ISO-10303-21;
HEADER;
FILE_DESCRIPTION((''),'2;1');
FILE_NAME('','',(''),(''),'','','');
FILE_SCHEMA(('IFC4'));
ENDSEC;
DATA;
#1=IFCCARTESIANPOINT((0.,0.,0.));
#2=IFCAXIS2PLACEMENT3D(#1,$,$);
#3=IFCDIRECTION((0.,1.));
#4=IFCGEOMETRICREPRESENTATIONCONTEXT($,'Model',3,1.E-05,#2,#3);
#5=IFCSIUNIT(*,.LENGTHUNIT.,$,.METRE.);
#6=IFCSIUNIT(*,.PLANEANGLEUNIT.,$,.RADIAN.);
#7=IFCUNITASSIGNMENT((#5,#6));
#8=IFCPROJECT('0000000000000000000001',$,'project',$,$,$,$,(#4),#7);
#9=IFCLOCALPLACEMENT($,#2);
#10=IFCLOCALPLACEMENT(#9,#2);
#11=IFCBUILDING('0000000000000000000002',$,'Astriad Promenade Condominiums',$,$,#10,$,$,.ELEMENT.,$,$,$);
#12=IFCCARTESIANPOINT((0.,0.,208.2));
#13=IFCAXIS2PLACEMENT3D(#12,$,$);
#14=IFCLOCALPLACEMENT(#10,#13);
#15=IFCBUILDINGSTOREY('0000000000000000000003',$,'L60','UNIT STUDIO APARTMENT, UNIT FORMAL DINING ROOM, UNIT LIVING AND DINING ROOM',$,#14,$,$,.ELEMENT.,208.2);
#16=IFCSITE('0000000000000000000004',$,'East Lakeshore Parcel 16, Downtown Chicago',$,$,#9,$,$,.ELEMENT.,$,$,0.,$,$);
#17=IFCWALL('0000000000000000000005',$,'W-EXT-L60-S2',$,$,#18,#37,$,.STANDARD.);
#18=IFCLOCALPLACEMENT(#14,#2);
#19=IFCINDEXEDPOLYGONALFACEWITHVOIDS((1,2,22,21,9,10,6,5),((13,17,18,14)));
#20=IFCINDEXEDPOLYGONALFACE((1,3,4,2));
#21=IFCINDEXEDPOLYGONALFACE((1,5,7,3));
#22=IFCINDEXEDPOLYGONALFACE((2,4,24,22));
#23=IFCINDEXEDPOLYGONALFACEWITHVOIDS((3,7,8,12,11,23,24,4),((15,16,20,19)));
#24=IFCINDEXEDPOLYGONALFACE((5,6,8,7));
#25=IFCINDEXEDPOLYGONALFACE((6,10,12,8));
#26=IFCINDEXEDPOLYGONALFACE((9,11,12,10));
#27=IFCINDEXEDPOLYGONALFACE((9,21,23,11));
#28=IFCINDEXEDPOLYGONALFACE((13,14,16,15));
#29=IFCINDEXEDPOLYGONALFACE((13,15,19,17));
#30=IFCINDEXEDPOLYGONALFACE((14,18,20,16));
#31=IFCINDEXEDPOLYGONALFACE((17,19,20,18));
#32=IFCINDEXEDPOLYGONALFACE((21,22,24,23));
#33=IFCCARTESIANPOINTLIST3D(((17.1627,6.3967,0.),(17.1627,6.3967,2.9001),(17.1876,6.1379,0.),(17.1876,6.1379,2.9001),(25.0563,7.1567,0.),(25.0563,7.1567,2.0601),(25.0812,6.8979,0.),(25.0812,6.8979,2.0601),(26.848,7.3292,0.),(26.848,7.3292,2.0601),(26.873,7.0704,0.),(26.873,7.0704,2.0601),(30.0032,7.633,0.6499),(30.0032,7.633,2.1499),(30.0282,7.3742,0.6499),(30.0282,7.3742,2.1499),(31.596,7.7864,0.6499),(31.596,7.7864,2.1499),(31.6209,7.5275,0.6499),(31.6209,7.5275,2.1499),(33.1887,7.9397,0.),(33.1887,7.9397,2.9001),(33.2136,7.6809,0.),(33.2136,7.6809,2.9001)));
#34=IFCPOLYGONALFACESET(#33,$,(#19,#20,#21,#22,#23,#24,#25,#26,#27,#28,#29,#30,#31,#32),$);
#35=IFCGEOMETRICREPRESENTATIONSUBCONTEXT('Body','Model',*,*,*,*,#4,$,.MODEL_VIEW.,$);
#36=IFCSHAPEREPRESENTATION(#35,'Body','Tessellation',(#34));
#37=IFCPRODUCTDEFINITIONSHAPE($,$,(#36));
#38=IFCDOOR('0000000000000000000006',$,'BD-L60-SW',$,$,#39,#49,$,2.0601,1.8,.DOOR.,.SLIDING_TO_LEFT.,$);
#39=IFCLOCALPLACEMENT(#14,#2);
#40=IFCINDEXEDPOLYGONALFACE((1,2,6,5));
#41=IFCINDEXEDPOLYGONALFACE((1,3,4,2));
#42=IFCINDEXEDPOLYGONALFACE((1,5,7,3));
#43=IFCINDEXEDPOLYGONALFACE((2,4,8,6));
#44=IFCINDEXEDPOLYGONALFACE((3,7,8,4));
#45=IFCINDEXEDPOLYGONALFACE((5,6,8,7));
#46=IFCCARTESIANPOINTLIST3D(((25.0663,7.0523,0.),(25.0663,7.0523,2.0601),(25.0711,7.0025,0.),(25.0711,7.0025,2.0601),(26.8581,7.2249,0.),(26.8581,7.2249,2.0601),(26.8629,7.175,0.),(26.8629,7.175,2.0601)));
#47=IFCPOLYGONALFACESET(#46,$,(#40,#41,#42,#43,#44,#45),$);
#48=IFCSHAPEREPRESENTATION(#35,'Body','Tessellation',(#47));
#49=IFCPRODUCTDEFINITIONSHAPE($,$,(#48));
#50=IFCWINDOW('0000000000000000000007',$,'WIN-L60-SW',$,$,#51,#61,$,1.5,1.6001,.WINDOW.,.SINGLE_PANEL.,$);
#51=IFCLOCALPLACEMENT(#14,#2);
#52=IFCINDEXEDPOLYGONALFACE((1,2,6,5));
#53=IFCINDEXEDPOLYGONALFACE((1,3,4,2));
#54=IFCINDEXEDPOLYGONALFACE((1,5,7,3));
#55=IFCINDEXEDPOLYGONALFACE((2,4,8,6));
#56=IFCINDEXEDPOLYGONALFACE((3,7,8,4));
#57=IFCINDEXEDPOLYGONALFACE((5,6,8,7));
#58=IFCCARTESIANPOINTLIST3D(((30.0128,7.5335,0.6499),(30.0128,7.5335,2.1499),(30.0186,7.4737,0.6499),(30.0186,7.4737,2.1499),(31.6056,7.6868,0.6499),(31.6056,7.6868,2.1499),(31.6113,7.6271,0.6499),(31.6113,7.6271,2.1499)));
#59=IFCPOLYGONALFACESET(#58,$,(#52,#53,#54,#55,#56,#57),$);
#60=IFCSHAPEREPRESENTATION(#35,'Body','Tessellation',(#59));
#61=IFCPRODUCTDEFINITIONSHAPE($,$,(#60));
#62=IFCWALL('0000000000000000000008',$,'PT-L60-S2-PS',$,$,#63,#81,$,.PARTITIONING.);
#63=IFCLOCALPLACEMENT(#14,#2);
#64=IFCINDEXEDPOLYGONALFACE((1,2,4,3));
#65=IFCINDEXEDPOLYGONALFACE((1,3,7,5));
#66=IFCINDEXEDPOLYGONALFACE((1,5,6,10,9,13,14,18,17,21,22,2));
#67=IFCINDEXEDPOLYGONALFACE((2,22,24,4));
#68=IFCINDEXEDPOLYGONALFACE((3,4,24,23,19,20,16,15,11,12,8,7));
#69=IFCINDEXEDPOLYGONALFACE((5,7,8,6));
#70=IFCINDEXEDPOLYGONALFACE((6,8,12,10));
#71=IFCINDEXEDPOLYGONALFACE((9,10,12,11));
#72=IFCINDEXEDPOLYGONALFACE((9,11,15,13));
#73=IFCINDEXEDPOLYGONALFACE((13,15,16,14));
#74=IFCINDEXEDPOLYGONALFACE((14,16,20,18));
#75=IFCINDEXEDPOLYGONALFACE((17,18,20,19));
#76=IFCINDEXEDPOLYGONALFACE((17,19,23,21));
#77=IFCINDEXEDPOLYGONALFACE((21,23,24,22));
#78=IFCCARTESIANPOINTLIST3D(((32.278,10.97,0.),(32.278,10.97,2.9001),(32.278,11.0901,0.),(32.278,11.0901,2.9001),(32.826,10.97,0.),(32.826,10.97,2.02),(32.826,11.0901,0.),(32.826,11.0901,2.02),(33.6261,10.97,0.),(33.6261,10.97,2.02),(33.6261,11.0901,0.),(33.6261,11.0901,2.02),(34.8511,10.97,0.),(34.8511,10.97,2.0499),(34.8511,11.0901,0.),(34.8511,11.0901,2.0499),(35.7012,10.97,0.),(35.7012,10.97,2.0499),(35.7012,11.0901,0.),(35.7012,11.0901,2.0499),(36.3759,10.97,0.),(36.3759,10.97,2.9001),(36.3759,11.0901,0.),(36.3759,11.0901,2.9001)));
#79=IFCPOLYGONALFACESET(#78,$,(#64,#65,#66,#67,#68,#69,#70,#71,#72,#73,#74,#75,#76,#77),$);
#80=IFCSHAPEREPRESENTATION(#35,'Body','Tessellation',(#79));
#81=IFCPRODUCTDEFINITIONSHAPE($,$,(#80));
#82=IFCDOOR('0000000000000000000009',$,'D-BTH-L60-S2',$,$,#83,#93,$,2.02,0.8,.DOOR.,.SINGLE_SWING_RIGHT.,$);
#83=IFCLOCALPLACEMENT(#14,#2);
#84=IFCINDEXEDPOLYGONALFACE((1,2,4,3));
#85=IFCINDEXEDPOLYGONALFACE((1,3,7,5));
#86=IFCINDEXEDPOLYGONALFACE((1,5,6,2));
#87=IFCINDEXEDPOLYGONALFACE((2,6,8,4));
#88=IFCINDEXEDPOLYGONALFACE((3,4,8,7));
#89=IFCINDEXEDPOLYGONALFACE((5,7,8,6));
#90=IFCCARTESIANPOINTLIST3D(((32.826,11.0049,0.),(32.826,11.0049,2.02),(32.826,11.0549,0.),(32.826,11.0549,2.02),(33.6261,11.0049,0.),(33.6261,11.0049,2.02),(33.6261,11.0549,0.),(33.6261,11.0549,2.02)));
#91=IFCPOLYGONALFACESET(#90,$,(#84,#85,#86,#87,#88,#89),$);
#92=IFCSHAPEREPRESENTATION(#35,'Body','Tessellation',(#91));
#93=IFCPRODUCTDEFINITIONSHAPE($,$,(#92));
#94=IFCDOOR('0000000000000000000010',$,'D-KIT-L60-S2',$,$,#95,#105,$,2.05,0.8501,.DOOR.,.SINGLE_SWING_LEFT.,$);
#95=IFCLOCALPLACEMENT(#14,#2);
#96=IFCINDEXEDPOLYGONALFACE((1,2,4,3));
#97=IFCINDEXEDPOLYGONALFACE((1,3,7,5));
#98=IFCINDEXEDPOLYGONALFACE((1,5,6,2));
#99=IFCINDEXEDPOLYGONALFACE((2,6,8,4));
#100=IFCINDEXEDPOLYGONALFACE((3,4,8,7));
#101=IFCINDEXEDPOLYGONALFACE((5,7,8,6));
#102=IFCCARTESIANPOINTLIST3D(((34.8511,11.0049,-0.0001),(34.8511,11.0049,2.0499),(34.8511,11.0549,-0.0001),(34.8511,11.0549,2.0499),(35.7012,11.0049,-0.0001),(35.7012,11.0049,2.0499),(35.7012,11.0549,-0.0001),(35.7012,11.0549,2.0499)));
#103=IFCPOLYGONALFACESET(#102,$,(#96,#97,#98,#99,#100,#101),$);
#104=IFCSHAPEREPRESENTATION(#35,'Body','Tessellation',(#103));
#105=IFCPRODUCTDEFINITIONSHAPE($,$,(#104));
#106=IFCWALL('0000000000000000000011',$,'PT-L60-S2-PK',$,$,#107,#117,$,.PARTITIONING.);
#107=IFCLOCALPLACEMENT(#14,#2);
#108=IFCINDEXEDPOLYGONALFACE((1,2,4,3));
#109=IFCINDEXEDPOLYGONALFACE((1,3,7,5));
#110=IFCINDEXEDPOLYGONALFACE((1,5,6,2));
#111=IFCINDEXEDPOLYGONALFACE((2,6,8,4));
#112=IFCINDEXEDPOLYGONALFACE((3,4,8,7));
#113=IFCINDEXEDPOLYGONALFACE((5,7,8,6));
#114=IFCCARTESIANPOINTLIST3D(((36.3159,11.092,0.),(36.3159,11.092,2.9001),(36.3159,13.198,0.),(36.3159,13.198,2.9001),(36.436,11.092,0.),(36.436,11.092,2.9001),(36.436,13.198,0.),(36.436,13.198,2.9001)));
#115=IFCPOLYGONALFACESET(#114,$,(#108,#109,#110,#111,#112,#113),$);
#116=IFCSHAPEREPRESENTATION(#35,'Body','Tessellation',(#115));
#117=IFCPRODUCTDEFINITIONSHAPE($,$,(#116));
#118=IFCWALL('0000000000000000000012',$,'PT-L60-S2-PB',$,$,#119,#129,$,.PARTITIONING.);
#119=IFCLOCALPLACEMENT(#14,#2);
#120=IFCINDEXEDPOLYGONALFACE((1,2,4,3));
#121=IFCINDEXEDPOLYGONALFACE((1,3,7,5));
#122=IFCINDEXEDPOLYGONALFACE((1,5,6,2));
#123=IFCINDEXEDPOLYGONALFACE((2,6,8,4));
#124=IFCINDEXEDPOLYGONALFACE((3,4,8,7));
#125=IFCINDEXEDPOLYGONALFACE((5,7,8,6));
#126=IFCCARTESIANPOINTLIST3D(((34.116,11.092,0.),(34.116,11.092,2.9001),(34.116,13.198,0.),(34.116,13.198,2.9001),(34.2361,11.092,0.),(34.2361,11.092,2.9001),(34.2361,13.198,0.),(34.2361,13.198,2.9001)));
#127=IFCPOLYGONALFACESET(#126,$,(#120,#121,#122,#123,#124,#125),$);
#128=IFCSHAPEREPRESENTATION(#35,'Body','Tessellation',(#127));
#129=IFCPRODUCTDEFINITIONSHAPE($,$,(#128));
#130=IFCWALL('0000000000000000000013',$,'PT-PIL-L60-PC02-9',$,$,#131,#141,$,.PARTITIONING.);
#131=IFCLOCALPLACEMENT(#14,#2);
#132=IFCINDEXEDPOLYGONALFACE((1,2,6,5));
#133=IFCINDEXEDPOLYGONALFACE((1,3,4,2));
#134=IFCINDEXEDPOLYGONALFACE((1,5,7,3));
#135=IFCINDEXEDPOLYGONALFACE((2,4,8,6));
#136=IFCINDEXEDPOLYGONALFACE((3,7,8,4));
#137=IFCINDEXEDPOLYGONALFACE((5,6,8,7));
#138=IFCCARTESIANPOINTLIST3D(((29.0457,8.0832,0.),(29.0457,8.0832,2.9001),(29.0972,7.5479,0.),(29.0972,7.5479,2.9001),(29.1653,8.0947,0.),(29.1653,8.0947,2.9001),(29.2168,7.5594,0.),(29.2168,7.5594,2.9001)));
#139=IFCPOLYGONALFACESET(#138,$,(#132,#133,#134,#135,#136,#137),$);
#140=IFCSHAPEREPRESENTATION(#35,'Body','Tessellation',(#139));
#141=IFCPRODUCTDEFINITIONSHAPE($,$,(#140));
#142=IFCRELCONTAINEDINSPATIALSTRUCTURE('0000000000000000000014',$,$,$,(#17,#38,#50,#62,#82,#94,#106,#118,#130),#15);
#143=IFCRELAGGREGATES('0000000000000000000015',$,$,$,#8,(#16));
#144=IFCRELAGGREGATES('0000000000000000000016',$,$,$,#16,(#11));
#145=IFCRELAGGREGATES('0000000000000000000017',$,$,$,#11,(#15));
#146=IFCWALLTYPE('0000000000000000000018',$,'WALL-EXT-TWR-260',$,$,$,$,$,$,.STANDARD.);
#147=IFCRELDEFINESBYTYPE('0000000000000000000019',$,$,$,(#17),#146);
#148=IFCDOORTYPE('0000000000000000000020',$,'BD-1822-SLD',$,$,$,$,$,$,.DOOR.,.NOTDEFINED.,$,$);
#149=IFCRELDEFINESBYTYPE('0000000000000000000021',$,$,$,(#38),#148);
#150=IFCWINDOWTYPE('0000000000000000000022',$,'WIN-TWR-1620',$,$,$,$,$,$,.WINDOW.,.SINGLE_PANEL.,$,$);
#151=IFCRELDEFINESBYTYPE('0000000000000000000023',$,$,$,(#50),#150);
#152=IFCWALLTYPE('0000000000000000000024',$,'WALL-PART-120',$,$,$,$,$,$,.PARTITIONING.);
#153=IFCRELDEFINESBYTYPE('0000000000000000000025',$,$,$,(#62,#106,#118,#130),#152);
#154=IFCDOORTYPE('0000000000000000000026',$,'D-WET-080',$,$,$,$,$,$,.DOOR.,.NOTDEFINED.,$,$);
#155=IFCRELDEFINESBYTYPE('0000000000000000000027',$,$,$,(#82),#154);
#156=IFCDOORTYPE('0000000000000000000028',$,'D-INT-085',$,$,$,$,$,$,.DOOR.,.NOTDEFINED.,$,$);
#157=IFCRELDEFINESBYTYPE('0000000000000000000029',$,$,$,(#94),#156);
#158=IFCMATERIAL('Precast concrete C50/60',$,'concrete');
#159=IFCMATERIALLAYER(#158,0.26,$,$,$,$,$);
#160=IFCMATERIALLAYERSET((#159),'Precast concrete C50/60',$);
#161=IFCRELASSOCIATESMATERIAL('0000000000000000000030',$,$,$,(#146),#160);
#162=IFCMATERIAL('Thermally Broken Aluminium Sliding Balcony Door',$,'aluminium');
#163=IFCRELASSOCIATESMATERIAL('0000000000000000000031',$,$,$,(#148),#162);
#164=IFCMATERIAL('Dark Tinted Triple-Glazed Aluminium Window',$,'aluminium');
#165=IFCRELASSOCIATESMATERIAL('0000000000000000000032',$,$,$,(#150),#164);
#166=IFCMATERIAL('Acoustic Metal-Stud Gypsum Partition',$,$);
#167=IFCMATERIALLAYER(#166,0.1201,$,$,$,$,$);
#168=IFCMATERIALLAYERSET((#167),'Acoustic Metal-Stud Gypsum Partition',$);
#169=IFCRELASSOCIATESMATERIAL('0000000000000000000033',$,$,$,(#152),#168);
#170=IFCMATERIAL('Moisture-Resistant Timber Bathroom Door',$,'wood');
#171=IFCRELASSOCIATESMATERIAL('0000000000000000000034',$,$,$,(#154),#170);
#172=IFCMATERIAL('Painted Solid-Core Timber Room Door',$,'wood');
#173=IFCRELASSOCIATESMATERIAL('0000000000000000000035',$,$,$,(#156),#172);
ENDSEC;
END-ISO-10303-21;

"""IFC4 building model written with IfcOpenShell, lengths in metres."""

from ifc_helpers import new_model, si_unit, direction, frame, frame_2d, origin, place, context, subcontext, project, spatial, rectangle, extrude, source, transform, mapped, material, layer, layer_set, type_object, type_shapes, element, fill, save


model = new_model("IFC4")

# Units and contexts
model_context = context("Model", 3, precision=1e-05, world=origin(), true_north=direction((0.0, 1.0)))
body_context = subcontext(model_context, "Body", "Model", "MODEL_VIEW")
ifc_project = project(units=[si_unit("LENGTHUNIT", "METRE"), si_unit("PLANEANGLEUNIT", "RADIAN")], contexts=[model_context])

# Site, building, storey
site_placement = place(None, origin())
site = spatial("IfcSite", under=ifc_project, at=site_placement, Name="East Lakeshore Parcel 16, Downtown Chicago", CompositionType="ELEMENT", RefElevation=0.0)
building_placement = place(site_placement, origin())
building = spatial("IfcBuilding", under=site, at=building_placement, Name="Astriad Promenade Condominiums", CompositionType="ELEMENT")
storey_placement = place(building_placement, frame((0.0, 0.0, 208.2)))
storey = spatial("IfcBuildingStorey", under=building, at=storey_placement, Name="L60", Description="UNIT STUDIO APARTMENT, UNIT FORMAL DINING ROOM, UNIT LIVING AND DINING ROOM", CompositionType="ELEMENT", Elevation=208.2)

# Wall, openings, door, window
ifc_material_1 = material(Name="Precast concrete C50/60", Category="concrete")
ifc_layer_1 = layer(ifc_material_1, 0.26)
ifc_layer_set_1 = layer_set([ifc_layer_1], Name="Precast concrete C50/60")
wall_type_1 = type_object("IfcWallType", Name="WALL-EXT-TWR-260", PredefinedType="STANDARD", material=ifc_layer_set_1)
wall_1_placement = place(storey_placement, frame((33.2012, 7.8103, 0.0), z_axis=(0.0, 0.0, 1.0), x_axis=(-0.995397, -0.095837, 0.0)))
wall_1 = element("IfcWall", 1, at=wall_1_placement, inside=storey, type_object=wall_type_1, Name="W-EXT-L60-S2", PredefinedType="STANDARD", context=body_context, shape_type="SweptSolid", body=[
    extrude(rectangle(XDim=16.1001, YDim=0.26, at=frame_2d((8.05, 0.0))), origin(), (0.0, 0.0, 1.0), 2.9001),
])
opening_1_placement = place(wall_1_placement, frame((6.3701, 0.0, 0.0)))
opening_1 = element("IfcOpeningElement", 2, at=opening_1_placement, cuts=wall_1, PredefinedType="OPENING", context=body_context, shape_type="SweptSolid", body=[
    extrude(rectangle(XDim=1.8, YDim=2.0601, at=frame_2d((0.8999, 1.03))), frame((0.0, 0.1399, 0.0), z_axis=(0.0, -1.0, 0.0), x_axis=(1.0, 0.0, 0.0)), (0.0, 0.0, 1.0), 0.28),
])
opening_2_placement = place(wall_1_placement, frame((1.6001, 0.0, 0.6499)))
opening_2 = element("IfcOpeningElement", 3, at=opening_2_placement, cuts=wall_1, PredefinedType="OPENING", context=body_context, shape_type="SweptSolid", body=[
    extrude(rectangle(XDim=1.6001, YDim=1.5, at=frame_2d((0.8, 0.75))), frame((0.0, 0.1399, 0.0), z_axis=(0.0, -1.0, 0.0), x_axis=(1.0, 0.0, 0.0)), (0.0, 0.0, 1.0), 0.28),
])
ifc_material_2 = material(Name="Thermally Broken Aluminium Sliding Balcony Door", Category="aluminium")
door_type_1 = type_object("IfcDoorType", Name="BD-1822-SLD", OperationType="NOTDEFINED", PredefinedType="DOOR", material=ifc_material_2)
shared_shape_1 = source(origin(), body_context, "Body", "SweptSolid", [
    extrude(rectangle(XDim=1.8, YDim=2.0601, at=frame_2d((0.8999, 1.03))), frame((0.0, 0.0249, 0.0), z_axis=(0.0, -1.0, 0.0), x_axis=(1.0, 0.0, 0.0)), (0.0, 0.0, 1.0), 0.05),
])
type_shapes(door_type_1, [shared_shape_1])
door_1_placement = place(opening_1_placement, origin())
door_1 = element("IfcDoor", 4, at=door_1_placement, inside=storey, type_object=door_type_1, Name="BD-L60-SW", OperationType="SLIDING_TO_LEFT", OverallHeight=2.0601, OverallWidth=1.8, PredefinedType="DOOR", context=body_context, shape_type="MappedRepresentation", body=[
    mapped(shared_shape_1, transform((0.0, 0.0, 0.0), scale=1.0)),
])
fill(opening_1, door_1)
ifc_material_3 = material(Name="Dark Tinted Triple-Glazed Aluminium Window", Category="aluminium")
window_type = type_object("IfcWindowType", Name="WIN-TWR-1620", PartitioningType="SINGLE_PANEL", PredefinedType="WINDOW", material=ifc_material_3)
shared_shape_2 = source(origin(), body_context, "Body", "SweptSolid", [
    extrude(rectangle(XDim=1.6001, YDim=1.5, at=frame_2d((0.8, 0.75))), frame((0.0, 0.03, 0.0), z_axis=(0.0, -1.0, 0.0), x_axis=(1.0, 0.0, 0.0)), (0.0, 0.0, 1.0), 0.0601),
])
type_shapes(window_type, [shared_shape_2])
window_placement = place(opening_2_placement, origin())
window = element("IfcWindow", 5, at=window_placement, inside=storey, type_object=window_type, Name="WIN-L60-SW", OverallHeight=1.5, OverallWidth=1.6001, PartitioningType="SINGLE_PANEL", PredefinedType="WINDOW", context=body_context, shape_type="MappedRepresentation", body=[
    mapped(shared_shape_2, transform((0.0, 0.0, 0.0), scale=1.0)),
])
fill(opening_2, window)

# Wall, openings, doors
ifc_material_4 = material(Name="Acoustic Metal-Stud Gypsum Partition")
ifc_layer_2 = layer(ifc_material_4, 0.1201)
ifc_layer_set_2 = layer_set([ifc_layer_2], Name="Acoustic Metal-Stud Gypsum Partition")
wall_type_2 = type_object("IfcWallType", Name="WALL-PART-120", PredefinedType="PARTITIONING", material=ifc_layer_set_2)
wall_2_placement = place(storey_placement, frame((32.2781, 11.03, 0.0), z_axis=(0.0, 0.0, 1.0), x_axis=(1.0, 0.0, 0.0)))
wall_2 = element("IfcWall", 6, at=wall_2_placement, inside=storey, type_object=wall_type_2, Name="PT-L60-S2-PS", PredefinedType="PARTITIONING", context=body_context, shape_type="SweptSolid", body=[
    extrude(rectangle(XDim=4.0979, YDim=0.1201, at=frame_2d((2.0488, 0.0))), origin(), (0.0, 0.0, 1.0), 2.9001),
])
opening_3_placement = place(wall_2_placement, frame((0.5481, 0.0, 0.0)))
opening_3 = element("IfcOpeningElement", 7, at=opening_3_placement, cuts=wall_2, PredefinedType="OPENING", context=body_context, shape_type="SweptSolid", body=[
    extrude(rectangle(XDim=0.8, YDim=2.02, at=frame_2d((0.3999, 1.01))), frame((0.0, 0.0701, 0.0), z_axis=(0.0, -1.0, 0.0), x_axis=(1.0, 0.0, 0.0)), (0.0, 0.0, 1.0), 0.1401),
])
opening_4_placement = place(wall_2_placement, frame((2.573, 0.0, 0.0)))
opening_4 = element("IfcOpeningElement", 8, at=opening_4_placement, cuts=wall_2, PredefinedType="OPENING", context=body_context, shape_type="SweptSolid", body=[
    extrude(rectangle(XDim=0.8501, YDim=2.05, at=frame_2d((0.425, 1.0249))), frame((0.0, 0.0701, 0.0), z_axis=(0.0, -1.0, 0.0), x_axis=(1.0, 0.0, 0.0)), (0.0, 0.0, 1.0), 0.1401),
])
ifc_material_5 = material(Name="Moisture-Resistant Timber Bathroom Door", Category="wood")
door_type_2 = type_object("IfcDoorType", Name="D-WET-080", OperationType="NOTDEFINED", PredefinedType="DOOR", material=ifc_material_5)
shared_shape_3 = source(origin(), body_context, "Body", "SweptSolid", [
    extrude(rectangle(XDim=0.8, YDim=2.02, at=frame_2d((0.3999, 1.01))), frame((0.0, 0.0249, 0.0), z_axis=(0.0, -1.0, 0.0), x_axis=(1.0, 0.0, 0.0)), (0.0, 0.0, 1.0), 0.05),
])
type_shapes(door_type_2, [shared_shape_3])
door_2_placement = place(opening_3_placement, origin())
door_2 = element("IfcDoor", 9, at=door_2_placement, inside=storey, type_object=door_type_2, Name="D-BTH-L60-S2", OperationType="SINGLE_SWING_RIGHT", OverallHeight=2.02, OverallWidth=0.8, PredefinedType="DOOR", context=body_context, shape_type="MappedRepresentation", body=[
    mapped(shared_shape_3, transform((0.0, 0.0, 0.0), scale=1.0)),
])
fill(opening_3, door_2)
ifc_material_6 = material(Name="Painted Solid-Core Timber Room Door", Category="wood")
door_type_3 = type_object("IfcDoorType", Name="D-INT-085", OperationType="NOTDEFINED", PredefinedType="DOOR", material=ifc_material_6)
shared_shape_4 = source(origin(), body_context, "Body", "SweptSolid", [
    extrude(rectangle(XDim=0.8501, YDim=2.05, at=frame_2d((0.425, 1.0249))), frame((0.0, 0.0249, 0.0), z_axis=(0.0, -1.0, 0.0), x_axis=(1.0, 0.0, 0.0)), (0.0, 0.0, 1.0), 0.05),
])
type_shapes(door_type_3, [shared_shape_4])
door_3_placement = place(opening_4_placement, origin())
door_3 = element("IfcDoor", 10, at=door_3_placement, inside=storey, type_object=door_type_3, Name="D-KIT-L60-S2", OperationType="SINGLE_SWING_LEFT", OverallHeight=2.05, OverallWidth=0.8501, PredefinedType="DOOR", context=body_context, shape_type="MappedRepresentation", body=[
    mapped(shared_shape_4, transform((0.0, 0.0, 0.0), scale=1.0)),
])
fill(opening_4, door_3)

# Walls
for number, where, z_axis, x_axis, name in (
    (11, (36.376, 11.092, 0.0), (0.0, 0.0, 1.0), (0.0, 1.0, 0.0), "PT-L60-S2-PK"),
    (12, (34.176, 11.092, 0.0), (0.0, 0.0, 1.0), (0.0, 1.0, 0.0), "PT-L60-S2-PB"),
):
    element("IfcWall", number, at=place(storey_placement, frame(where, z_axis=z_axis, x_axis=x_axis)), inside=storey, type_object=wall_type_2, Name=name, PredefinedType="PARTITIONING", context=body_context, shape_type="SweptSolid", body=[
        extrude(rectangle(XDim=2.106, YDim=0.1201, at=frame_2d((1.053, 0.0))), origin(), (0.0, 0.0, 1.0), 2.9001),
    ])
wall_3_placement = place(storey_placement, frame((29.1055, 8.0891, 0.0), z_axis=(0.0, 0.0, 1.0), x_axis=(0.095773, -0.995403, 0.0)))
element("IfcWall", 13, at=wall_3_placement, inside=storey, type_object=wall_type_2, Name="PT-PIL-L60-PC02-9", PredefinedType="PARTITIONING", context=body_context, shape_type="SweptSolid", body=[
    extrude(rectangle(XDim=0.5378, YDim=0.1201, at=frame_2d((0.269, 0.0))), origin(), (0.0, 0.0, 1.0), 2.9001),
])

save(model, "model.ifc")
